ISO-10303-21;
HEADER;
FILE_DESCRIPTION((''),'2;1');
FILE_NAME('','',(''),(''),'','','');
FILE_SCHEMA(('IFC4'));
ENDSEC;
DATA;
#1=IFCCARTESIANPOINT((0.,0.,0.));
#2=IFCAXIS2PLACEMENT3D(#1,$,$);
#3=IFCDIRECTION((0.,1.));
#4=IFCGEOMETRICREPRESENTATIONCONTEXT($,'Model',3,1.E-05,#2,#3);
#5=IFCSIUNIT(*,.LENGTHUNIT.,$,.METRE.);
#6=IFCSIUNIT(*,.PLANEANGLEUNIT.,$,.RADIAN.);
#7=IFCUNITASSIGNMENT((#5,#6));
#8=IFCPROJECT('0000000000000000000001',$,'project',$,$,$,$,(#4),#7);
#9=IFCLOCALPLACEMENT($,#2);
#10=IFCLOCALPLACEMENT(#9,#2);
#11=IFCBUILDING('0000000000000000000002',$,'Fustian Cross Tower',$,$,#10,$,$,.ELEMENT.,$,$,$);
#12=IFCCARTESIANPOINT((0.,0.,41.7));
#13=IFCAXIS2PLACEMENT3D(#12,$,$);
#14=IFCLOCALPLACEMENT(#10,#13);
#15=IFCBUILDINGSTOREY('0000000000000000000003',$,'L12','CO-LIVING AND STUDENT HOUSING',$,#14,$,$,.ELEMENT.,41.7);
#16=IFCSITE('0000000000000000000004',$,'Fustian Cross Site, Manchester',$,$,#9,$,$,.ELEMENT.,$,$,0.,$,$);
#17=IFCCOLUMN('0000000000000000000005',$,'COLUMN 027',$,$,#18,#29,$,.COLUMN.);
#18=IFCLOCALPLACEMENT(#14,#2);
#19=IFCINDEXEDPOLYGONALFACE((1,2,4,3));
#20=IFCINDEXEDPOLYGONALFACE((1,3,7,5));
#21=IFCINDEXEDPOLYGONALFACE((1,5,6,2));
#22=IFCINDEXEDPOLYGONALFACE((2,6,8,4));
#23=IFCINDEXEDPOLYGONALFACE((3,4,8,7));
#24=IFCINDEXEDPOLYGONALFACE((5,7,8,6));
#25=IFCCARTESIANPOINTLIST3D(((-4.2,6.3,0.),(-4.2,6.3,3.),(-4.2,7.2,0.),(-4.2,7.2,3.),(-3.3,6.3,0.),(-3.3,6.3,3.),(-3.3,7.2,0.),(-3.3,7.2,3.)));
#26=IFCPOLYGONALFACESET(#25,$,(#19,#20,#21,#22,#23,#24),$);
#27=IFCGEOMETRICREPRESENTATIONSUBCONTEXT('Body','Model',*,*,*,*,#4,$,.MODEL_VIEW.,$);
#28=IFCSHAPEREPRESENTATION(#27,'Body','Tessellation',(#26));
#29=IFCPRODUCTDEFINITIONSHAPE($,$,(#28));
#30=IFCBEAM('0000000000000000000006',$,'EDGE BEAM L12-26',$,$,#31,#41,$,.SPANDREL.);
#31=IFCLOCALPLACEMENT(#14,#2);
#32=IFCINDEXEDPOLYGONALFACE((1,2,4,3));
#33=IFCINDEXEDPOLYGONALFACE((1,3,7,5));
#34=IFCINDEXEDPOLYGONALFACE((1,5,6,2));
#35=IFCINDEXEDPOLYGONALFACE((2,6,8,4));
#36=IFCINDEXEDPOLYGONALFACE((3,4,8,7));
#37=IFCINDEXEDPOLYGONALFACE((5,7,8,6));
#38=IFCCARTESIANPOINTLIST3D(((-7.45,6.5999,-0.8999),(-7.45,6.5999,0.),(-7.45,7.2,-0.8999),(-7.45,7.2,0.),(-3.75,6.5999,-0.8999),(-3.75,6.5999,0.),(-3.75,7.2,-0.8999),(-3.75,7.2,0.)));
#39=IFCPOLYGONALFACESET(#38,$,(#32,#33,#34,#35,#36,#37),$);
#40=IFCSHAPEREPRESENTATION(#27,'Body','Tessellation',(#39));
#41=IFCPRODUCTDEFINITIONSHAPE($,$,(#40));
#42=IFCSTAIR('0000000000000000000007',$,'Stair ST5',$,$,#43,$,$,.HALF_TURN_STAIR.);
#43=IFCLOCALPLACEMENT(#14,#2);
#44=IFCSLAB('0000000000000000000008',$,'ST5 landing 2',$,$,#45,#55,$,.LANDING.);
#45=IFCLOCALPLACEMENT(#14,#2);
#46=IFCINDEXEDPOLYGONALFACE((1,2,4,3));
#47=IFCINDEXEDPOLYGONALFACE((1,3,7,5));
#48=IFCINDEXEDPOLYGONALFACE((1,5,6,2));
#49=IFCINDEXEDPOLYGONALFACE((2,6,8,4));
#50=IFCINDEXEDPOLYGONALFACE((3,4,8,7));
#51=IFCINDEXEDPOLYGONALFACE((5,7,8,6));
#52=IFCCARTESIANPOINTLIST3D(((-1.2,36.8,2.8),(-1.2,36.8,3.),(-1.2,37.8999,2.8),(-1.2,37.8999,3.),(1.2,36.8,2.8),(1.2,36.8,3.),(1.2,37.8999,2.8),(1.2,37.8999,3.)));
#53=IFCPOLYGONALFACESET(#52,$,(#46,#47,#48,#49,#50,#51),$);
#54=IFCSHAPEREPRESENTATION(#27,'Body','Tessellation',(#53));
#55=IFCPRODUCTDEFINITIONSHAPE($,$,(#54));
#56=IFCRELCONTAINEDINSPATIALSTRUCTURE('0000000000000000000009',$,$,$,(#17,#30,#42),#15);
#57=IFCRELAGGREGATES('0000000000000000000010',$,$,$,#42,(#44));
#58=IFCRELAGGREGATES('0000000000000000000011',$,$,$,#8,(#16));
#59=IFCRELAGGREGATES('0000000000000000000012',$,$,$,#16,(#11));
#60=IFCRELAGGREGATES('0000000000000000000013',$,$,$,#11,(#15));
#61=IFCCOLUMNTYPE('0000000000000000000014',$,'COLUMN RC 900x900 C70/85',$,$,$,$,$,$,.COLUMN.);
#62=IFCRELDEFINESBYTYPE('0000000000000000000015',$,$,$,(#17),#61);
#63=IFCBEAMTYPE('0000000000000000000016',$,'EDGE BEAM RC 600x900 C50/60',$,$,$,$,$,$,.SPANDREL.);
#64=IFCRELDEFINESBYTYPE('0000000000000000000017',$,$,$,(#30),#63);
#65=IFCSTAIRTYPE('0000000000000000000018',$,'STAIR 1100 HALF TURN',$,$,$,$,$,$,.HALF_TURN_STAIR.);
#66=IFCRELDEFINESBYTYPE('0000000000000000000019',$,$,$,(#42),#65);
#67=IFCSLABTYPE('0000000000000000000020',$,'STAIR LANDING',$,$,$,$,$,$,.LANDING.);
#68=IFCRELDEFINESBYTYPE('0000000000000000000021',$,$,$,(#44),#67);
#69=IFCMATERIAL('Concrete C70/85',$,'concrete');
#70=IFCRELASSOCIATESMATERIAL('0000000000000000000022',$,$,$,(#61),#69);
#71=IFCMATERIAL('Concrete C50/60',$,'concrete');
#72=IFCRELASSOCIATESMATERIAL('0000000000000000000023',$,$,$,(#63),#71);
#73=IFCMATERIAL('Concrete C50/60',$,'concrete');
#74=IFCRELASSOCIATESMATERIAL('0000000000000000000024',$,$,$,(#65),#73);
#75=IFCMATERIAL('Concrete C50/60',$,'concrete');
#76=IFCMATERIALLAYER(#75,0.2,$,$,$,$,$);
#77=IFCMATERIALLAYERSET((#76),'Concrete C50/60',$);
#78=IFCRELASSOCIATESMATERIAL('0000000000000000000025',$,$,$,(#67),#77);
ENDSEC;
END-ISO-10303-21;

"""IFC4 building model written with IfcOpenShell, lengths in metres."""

from ifc_helpers import new_model, si_unit, direction, frame, origin, origin_2d, place, context, subcontext, project, spatial, polyline, rectangle, outline, extrude, material, layer, layer_set, material_profile, profile_set, type_object, element, aggregate, save


model = new_model("IFC4")

# Units and contexts
model_context = context("Model", 3, precision=1e-05, world=origin(), true_north=direction((0.0, 1.0)))
body_context = subcontext(model_context, "Body", "Model", "MODEL_VIEW")
ifc_project = project(units=[si_unit("LENGTHUNIT", "METRE"), si_unit("PLANEANGLEUNIT", "RADIAN")], contexts=[model_context])

# Site, building, storey
site_placement = place(None, origin())
site = spatial("IfcSite", under=ifc_project, at=site_placement, Name="Fustian Cross Site, Manchester", CompositionType="ELEMENT", RefElevation=0.0)
building_placement = place(site_placement, origin())
building = spatial("IfcBuilding", under=site, at=building_placement, Name="Fustian Cross Tower", CompositionType="ELEMENT")
storey_placement = place(building_placement, frame((0.0, 0.0, 41.7)))
storey = spatial("IfcBuildingStorey", under=building, at=storey_placement, Name="L12", Description="CO-LIVING AND STUDENT HOUSING", CompositionType="ELEMENT", Elevation=41.7)

# Column
ifc_material_1 = material(Name="Concrete C70/85", Category="concrete")
ifc_material_profile_1 = material_profile(ifc_material_1, rectangle(XDim=0.8999, YDim=0.8999, at=origin_2d()), Name="RC 900x900")
ifc_profile_set_1 = profile_set([ifc_material_profile_1], Name="Concrete C70/85")
column_type = type_object("IfcColumnType", Name="COLUMN RC 900x900 C70/85", PredefinedType="COLUMN", material=ifc_profile_set_1)
column_placement = place(storey_placement, frame((-3.75, 6.75, 0.0), z_axis=(0.0, 0.0, 1.0), x_axis=(1.0, 0.0, 0.0)))
element("IfcColumn", 1, at=column_placement, inside=storey, type_object=column_type, Name="COLUMN 027", PredefinedType="COLUMN", context=body_context, shape_type="SweptSolid", body=[
    extrude(rectangle(XDim=0.8999, YDim=0.8999, at=origin_2d()), origin(), (0.0, 0.0, 1.0), 3.0),
])

# Beam
ifc_material_2 = material(Name="Concrete C50/60", Category="concrete")
ifc_material_profile_2 = material_profile(ifc_material_2, rectangle(XDim=0.6001, YDim=0.8999, at=origin_2d()), Name="RC 600x900")
ifc_profile_set_2 = profile_set([ifc_material_profile_2], Name="Concrete C50/60")
beam_type = type_object("IfcBeamType", Name="EDGE BEAM RC 600x900 C50/60", PredefinedType="SPANDREL", material=ifc_profile_set_2)
beam_placement = place(storey_placement, frame((-3.75, 6.8999, -0.45), z_axis=(-1.0, 0.0, 0.0), x_axis=(0.0, -1.0, 0.0)))
element("IfcBeam", 2, at=beam_placement, inside=storey, type_object=beam_type, Name="EDGE BEAM L12-26", PredefinedType="SPANDREL", context=body_context, shape_type="SweptSolid", body=[
    extrude(rectangle(XDim=0.6001, YDim=0.8999, at=origin_2d()), origin(), (0.0, 0.0, 1.0), 3.7),
])

# Stair, slab
ifc_material_3 = material(Name="Concrete C50/60", Category="concrete")
stair_type = type_object("IfcStairType", Name="STAIR 1100 HALF TURN", PredefinedType="HALF_TURN_STAIR", material=ifc_material_3)
stair_placement = place(storey_placement, origin())
stair = element("IfcStair", 3, at=stair_placement, inside=storey, type_object=stair_type, Name="Stair ST5", PredefinedType="HALF_TURN_STAIR")
ifc_material_4 = material(Name="Concrete C50/60", Category="concrete")
ifc_layer_1 = layer(ifc_material_4, 0.2)
ifc_layer_set_1 = layer_set([ifc_layer_1], Name="Concrete C50/60")
slab_type = type_object("IfcSlabType", Name="STAIR LANDING", PredefinedType="LANDING", material=ifc_layer_set_1)
slab_placement = place(storey_placement, frame((0.0, 0.0, 2.8)))
slab = element("IfcSlab", 4, at=slab_placement, type_object=slab_type, Name="ST5 landing 2", PredefinedType="LANDING", context=body_context, shape_type="SweptSolid", body=[
    extrude(outline(polyline([(-1.2, 36.8), (-1.2, 37.8999), (1.2, 37.8999), (1.2, 36.8), (-1.2, 36.8)])), origin(), (0.0, 0.0, 1.0), 0.2),
])
aggregate(stair, [slab])

save(model, "model.ifc")
